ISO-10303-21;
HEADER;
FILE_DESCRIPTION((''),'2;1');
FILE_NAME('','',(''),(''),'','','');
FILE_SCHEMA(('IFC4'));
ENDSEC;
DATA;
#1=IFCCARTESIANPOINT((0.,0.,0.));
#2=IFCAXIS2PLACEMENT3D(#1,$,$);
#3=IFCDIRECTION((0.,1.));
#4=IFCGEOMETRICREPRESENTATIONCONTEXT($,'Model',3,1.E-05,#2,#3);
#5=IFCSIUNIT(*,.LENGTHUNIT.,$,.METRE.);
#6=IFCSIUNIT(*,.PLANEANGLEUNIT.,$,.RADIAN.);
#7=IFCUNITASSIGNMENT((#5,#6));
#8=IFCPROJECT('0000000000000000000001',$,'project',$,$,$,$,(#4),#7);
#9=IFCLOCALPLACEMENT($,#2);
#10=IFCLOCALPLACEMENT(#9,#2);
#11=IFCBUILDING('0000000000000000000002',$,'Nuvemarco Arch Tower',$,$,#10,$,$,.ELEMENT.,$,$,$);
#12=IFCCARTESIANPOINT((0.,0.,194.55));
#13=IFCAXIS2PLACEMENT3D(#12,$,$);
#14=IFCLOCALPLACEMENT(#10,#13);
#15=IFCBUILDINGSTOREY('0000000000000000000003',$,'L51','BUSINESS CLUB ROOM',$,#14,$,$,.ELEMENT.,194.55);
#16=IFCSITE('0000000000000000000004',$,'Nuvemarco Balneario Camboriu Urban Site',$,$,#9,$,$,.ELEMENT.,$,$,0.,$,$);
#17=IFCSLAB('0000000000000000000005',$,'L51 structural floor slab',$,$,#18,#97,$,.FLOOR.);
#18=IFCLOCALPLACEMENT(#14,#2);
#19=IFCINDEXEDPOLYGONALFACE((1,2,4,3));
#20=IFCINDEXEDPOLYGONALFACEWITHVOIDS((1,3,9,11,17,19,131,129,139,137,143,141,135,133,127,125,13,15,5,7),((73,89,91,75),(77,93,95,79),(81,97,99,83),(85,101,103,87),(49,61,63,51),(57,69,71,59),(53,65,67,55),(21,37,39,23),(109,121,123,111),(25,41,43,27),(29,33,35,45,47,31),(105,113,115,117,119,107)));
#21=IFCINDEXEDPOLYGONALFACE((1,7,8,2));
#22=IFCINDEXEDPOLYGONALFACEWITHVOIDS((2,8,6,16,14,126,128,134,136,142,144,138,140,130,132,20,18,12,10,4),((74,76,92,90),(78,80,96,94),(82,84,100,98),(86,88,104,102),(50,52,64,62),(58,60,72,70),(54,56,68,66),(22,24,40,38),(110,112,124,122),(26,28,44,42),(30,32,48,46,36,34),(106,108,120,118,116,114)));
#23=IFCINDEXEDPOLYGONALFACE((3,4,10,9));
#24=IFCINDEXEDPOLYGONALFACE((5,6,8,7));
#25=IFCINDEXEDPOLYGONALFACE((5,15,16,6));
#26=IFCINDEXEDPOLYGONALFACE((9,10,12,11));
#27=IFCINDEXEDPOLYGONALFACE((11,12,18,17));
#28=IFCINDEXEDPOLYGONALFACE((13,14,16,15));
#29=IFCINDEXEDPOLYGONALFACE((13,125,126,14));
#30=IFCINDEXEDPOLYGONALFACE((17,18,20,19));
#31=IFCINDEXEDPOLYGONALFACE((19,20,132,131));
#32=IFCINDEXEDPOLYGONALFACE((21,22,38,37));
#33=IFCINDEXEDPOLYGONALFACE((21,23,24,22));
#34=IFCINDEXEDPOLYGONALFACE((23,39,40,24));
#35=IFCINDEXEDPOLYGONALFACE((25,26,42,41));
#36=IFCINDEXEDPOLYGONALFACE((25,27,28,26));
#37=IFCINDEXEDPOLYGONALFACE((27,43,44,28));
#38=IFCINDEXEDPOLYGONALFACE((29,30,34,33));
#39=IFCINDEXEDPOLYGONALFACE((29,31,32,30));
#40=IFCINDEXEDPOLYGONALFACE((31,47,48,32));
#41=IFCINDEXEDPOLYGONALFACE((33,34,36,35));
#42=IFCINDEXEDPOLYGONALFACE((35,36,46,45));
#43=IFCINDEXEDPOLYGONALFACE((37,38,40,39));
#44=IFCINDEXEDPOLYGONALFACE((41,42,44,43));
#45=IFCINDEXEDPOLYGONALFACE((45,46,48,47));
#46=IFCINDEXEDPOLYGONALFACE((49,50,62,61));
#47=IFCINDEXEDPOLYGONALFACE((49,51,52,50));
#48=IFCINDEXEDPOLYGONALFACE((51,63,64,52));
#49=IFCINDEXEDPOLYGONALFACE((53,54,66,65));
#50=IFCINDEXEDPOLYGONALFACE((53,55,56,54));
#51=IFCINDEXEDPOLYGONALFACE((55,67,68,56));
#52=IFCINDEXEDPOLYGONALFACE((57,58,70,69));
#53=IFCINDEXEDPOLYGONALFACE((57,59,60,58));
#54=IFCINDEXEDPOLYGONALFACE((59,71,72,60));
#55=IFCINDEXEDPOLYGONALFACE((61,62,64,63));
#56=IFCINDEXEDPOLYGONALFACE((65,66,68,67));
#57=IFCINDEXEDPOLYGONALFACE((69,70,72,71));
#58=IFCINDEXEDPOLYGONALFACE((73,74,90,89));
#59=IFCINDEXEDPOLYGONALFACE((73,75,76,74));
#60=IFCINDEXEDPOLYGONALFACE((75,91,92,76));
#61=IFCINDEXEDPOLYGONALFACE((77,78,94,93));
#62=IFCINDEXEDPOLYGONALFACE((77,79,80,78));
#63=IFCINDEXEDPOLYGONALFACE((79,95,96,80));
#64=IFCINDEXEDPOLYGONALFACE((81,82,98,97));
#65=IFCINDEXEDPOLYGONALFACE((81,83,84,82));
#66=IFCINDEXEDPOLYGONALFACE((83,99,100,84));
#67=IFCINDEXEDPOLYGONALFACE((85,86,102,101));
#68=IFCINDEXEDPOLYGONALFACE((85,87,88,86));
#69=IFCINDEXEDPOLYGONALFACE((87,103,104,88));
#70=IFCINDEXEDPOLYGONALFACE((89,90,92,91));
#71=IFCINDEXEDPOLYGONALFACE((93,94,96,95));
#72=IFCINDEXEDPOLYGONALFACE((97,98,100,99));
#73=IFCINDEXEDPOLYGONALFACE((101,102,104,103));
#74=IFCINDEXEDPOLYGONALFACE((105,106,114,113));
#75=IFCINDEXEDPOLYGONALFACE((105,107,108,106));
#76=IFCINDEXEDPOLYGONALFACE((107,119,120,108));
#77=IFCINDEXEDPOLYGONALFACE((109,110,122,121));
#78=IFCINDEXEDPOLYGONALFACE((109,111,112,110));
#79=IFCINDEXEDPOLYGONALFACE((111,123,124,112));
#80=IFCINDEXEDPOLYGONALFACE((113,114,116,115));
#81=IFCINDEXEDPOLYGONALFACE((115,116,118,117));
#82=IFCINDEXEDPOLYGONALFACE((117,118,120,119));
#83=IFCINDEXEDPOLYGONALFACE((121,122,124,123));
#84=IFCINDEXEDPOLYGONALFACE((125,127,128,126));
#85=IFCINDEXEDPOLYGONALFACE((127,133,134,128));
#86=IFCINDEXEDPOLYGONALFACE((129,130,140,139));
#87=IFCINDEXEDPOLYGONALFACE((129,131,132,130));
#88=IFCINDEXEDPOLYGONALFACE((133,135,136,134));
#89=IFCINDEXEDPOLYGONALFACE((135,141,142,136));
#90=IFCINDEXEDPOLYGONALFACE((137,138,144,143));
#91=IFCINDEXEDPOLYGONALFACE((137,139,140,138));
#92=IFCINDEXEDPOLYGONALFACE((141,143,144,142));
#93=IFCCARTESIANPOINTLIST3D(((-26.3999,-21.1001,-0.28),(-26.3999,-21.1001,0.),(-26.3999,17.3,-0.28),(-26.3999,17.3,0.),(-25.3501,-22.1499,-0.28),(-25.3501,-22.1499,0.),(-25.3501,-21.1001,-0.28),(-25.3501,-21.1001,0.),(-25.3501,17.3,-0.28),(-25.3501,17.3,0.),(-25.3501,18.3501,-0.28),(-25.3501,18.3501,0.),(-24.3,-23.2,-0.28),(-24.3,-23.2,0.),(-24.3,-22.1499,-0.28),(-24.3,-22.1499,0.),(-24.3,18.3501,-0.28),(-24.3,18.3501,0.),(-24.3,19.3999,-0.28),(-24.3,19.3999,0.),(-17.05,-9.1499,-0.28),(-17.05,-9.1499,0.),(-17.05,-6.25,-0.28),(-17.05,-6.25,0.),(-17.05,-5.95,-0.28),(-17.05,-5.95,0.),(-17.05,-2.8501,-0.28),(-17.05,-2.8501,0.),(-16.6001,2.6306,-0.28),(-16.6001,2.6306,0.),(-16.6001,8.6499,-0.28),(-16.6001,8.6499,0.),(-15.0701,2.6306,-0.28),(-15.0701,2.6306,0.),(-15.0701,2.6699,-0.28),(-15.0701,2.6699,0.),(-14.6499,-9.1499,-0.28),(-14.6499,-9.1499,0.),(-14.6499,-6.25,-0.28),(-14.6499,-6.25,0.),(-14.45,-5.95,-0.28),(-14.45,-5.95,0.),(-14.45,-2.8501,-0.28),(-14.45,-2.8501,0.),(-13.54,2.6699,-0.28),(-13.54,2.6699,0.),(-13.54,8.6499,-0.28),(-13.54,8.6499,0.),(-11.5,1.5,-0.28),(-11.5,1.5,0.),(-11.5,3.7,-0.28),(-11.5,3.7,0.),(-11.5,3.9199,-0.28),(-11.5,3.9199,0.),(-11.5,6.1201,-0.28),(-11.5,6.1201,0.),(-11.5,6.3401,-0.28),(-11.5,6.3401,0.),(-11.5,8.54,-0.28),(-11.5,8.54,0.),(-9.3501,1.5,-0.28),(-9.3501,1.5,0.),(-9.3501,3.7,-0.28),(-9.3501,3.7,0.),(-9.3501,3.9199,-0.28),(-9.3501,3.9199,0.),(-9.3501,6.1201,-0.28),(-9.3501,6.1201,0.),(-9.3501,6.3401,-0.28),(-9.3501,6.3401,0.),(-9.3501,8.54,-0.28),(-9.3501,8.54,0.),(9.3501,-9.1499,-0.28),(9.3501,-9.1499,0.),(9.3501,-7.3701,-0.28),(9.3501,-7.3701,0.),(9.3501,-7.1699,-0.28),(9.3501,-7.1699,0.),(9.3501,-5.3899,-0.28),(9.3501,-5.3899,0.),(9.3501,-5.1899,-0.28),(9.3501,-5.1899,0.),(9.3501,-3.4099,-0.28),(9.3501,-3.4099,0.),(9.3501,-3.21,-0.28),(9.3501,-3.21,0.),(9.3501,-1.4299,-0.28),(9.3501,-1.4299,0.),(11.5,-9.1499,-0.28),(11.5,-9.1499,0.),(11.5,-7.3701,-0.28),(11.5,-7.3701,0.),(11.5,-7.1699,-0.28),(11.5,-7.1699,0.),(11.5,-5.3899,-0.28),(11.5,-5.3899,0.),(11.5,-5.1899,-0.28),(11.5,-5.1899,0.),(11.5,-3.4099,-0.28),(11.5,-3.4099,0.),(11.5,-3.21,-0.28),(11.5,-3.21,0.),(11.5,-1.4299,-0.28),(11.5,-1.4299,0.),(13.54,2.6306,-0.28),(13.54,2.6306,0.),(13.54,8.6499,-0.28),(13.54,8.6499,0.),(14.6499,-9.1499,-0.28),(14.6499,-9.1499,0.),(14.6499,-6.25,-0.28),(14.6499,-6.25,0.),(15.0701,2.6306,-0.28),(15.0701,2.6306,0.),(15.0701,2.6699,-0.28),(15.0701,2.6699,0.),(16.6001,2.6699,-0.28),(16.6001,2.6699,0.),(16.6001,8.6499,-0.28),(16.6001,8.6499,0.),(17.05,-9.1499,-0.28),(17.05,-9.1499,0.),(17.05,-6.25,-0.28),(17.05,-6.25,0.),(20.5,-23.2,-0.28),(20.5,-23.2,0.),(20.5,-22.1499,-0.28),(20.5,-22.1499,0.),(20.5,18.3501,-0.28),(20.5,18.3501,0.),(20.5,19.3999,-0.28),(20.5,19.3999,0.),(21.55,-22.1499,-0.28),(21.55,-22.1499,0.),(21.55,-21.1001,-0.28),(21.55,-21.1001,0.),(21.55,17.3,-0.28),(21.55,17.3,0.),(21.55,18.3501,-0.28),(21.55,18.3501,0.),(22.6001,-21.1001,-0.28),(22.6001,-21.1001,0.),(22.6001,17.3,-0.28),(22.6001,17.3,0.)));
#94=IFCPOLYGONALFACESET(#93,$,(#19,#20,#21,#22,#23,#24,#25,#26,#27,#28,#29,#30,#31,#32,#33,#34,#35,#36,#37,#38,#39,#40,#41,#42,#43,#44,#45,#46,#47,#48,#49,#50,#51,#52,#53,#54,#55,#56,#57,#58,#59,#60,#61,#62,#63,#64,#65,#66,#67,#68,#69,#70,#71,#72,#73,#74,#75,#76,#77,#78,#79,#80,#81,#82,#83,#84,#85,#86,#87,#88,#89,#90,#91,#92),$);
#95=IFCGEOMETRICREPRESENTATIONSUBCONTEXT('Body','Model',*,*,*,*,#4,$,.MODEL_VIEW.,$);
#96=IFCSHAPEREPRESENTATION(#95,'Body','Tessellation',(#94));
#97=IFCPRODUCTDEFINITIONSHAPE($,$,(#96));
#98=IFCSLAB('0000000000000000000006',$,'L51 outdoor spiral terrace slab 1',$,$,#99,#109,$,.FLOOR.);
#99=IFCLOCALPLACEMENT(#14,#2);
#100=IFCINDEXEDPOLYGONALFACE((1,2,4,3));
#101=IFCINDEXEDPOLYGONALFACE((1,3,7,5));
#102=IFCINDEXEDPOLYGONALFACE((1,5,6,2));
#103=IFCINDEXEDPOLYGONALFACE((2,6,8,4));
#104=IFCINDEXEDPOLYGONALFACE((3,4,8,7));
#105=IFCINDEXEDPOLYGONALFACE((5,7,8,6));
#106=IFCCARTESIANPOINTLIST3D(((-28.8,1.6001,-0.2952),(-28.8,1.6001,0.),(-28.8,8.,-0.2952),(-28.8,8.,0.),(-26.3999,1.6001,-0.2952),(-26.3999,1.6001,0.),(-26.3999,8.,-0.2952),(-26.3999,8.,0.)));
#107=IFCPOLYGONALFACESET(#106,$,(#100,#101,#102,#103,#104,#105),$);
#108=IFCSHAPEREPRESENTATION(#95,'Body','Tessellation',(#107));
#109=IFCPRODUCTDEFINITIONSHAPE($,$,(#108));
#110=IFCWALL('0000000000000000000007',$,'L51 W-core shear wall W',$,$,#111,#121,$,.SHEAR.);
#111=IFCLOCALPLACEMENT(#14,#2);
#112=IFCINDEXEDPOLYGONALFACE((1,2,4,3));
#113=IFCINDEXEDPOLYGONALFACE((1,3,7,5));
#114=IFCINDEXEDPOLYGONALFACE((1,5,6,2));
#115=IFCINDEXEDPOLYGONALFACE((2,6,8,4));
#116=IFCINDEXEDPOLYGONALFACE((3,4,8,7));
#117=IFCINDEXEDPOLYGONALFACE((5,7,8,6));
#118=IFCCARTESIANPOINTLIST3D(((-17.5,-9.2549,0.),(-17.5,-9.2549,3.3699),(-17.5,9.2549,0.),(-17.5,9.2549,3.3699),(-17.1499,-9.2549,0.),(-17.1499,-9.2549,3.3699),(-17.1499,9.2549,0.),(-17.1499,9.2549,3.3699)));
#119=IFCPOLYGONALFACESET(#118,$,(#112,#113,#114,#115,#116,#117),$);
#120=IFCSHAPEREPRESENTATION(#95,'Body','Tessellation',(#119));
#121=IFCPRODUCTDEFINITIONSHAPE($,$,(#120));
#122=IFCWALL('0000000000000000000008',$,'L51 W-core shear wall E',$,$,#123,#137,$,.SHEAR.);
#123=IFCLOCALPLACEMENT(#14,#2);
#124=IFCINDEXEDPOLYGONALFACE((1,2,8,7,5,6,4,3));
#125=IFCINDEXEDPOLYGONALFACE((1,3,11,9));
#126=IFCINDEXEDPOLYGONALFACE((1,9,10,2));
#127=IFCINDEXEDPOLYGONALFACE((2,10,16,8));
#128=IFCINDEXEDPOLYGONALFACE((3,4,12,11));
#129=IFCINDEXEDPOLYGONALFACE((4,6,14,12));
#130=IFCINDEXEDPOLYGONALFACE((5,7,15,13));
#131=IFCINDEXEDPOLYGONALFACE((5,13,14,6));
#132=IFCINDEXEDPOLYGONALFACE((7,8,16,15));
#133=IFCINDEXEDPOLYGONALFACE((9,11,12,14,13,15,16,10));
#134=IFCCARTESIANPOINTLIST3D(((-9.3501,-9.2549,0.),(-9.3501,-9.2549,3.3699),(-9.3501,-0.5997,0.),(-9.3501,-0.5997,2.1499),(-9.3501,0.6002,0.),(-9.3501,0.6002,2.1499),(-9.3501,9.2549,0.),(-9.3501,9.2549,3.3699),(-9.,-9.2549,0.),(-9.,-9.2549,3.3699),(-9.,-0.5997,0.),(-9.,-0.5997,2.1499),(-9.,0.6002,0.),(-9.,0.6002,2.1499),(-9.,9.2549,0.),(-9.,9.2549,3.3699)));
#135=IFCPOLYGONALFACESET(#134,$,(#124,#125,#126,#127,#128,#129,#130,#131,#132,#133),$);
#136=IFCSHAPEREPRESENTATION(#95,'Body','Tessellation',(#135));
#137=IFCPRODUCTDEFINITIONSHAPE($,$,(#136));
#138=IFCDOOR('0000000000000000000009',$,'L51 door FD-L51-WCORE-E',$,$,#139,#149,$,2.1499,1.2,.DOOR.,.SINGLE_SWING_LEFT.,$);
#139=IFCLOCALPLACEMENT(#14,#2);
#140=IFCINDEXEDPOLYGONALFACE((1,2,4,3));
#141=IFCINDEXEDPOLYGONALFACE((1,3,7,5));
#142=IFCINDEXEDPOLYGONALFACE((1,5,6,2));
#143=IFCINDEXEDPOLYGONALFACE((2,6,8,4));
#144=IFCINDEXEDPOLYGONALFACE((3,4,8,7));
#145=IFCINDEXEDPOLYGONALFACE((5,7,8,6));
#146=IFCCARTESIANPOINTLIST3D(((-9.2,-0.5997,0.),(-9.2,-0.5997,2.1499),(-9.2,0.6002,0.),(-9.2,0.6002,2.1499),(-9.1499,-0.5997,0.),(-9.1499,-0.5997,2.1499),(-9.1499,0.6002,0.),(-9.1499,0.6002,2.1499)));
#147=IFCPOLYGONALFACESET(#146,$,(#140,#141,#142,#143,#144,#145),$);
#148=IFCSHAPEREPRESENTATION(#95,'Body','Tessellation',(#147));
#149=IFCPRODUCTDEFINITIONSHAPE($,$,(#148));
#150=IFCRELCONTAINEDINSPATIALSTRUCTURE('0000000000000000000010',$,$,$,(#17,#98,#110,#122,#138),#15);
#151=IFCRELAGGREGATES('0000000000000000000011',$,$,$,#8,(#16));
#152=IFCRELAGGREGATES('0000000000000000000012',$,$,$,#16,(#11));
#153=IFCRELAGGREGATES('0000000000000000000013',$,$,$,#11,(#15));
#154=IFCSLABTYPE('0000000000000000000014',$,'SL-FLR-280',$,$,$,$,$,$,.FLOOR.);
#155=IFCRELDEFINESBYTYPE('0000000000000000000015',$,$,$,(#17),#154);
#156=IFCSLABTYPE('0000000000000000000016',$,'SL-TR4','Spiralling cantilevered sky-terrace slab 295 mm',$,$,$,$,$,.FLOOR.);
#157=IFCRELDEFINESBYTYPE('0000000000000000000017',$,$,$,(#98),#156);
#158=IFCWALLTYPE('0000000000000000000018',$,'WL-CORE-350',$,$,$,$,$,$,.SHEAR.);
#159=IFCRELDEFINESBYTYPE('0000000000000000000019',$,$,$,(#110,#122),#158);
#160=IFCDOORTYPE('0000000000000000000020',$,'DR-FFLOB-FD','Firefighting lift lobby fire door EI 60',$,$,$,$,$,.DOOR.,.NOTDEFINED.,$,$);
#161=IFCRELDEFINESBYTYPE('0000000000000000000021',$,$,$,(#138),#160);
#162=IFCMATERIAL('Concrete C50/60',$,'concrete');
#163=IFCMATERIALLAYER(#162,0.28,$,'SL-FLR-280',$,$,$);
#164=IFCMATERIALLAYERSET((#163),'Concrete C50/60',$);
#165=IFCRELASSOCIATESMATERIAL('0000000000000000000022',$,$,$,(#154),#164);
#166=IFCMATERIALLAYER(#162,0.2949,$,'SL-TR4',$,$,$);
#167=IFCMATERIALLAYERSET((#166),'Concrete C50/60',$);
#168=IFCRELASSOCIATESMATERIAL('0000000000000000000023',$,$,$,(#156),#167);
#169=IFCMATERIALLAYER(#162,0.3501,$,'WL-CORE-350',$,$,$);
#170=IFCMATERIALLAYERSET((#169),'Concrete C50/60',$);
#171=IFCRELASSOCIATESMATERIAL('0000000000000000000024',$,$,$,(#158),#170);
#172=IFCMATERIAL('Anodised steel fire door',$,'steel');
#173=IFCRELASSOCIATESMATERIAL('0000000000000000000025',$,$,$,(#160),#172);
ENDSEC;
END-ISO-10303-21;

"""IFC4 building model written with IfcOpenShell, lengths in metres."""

from ifc_helpers import new_model, si_unit, direction, frame, frame_2d, origin, place, context, subcontext, project, spatial, polyline, rectangle, outline, extrude, source, transform, mapped, material, layer, layer_set, type_object, type_shapes, element, fill, save


model = new_model("IFC4")

# Units and contexts
model_context = context("Model", 3, precision=1e-05, world=origin(), true_north=direction((0.0, 1.0)))
body_context = subcontext(model_context, "Body", "Model", "MODEL_VIEW")
ifc_project = project(units=[si_unit("LENGTHUNIT", "METRE"), si_unit("PLANEANGLEUNIT", "RADIAN")], contexts=[model_context])

# Site, building, storey
site_placement = place(None, origin())
site = spatial("IfcSite", under=ifc_project, at=site_placement, Name="Nuvemarco Balneario Camboriu Urban Site", CompositionType="ELEMENT", RefElevation=0.0)
building_placement = place(site_placement, origin())
building = spatial("IfcBuilding", under=site, at=building_placement, Name="Nuvemarco Arch Tower", CompositionType="ELEMENT")
storey_placement = place(building_placement, frame((0.0, 0.0, 194.55)))
storey = spatial("IfcBuildingStorey", under=building, at=storey_placement, Name="L51", Description="BUSINESS CLUB ROOM", CompositionType="ELEMENT", Elevation=194.55)

# Shared definitions
ifc_material_1 = material(Name="Concrete C50/60", Category="concrete")

# Slabs
ifc_layer_1 = layer(ifc_material_1, 0.28, Name="SL-FLR-280")
ifc_layer_set_1 = layer_set([ifc_layer_1], Name="Concrete C50/60")
slab_type_1 = type_object("IfcSlabType", Name="SL-FLR-280", PredefinedType="FLOOR", material=ifc_layer_set_1)
slab_1_placement = place(storey_placement, frame((0.0, 0.0, -0.28)))
element("IfcSlab", 1, at=slab_1_placement, inside=storey, type_object=slab_type_1, Name="L51 structural floor slab", PredefinedType="FLOOR", context=body_context, shape_type="SweptSolid", body=[
    extrude(outline(polyline([(-24.3, -23.2), (20.5, -23.2), (20.5, -22.1499), (21.55, -22.1499), (21.55, -21.1001), (22.6001, -21.1001), (22.6001, 17.3), (21.55, 17.3), (21.55, 18.3501), (20.5, 18.3501), (20.5, 19.3999), (-24.3, 19.3999), (-24.3, 18.3501), (-25.3501, 18.3501), (-25.3501, 17.3), (-26.3999, 17.3), (-26.3999, -21.1001), (-25.3501, -21.1001), (-25.3501, -22.1499), (-24.3, -22.1499), (-24.3, -23.2)]), holes=[polyline([(-13.54, 2.6699), (-13.54, 8.6499), (-16.6001, 8.6499), (-16.6001, 2.6306), (-15.0701, 2.6306), (-15.0701, 2.6699), (-13.54, 2.6699)]), polyline([(16.6001, 2.6699), (16.6001, 8.6499), (13.54, 8.6499), (13.54, 2.6306), (15.0701, 2.6306), (15.0701, 2.6699), (16.6001, 2.6699)]), polyline([(-17.05, -9.1499), (-14.6499, -9.1499), (-14.6499, -6.25), (-17.05, -6.25), (-17.05, -9.1499)]), polyline([(-17.05, -5.95), (-14.45, -5.95), (-14.45, -2.8501), (-17.05, -2.8501), (-17.05, -5.95)]), polyline([(-11.5, 1.5), (-9.3501, 1.5), (-9.3501, 3.7), (-11.5, 3.7), (-11.5, 1.5)]), polyline([(-11.5, 3.9199), (-9.3501, 3.9199), (-9.3501, 6.1201), (-11.5, 6.1201), (-11.5, 3.9199)]), polyline([(-11.5, 6.3401), (-9.3501, 6.3401), (-9.3501, 8.54), (-11.5, 8.54), (-11.5, 6.3401)]), polyline([(14.6499, -9.1499), (17.05, -9.1499), (17.05, -6.25), (14.6499, -6.25), (14.6499, -9.1499)]), polyline([(9.3501, -9.1499), (11.5, -9.1499), (11.5, -7.3701), (9.3501, -7.3701), (9.3501, -9.1499)]), polyline([(9.3501, -7.1699), (11.5, -7.1699), (11.5, -5.3899), (9.3501, -5.3899), (9.3501, -7.1699)]), polyline([(9.3501, -5.1899), (11.5, -5.1899), (11.5, -3.4099), (9.3501, -3.4099), (9.3501, -5.1899)]), polyline([(9.3501, -3.21), (11.5, -3.21), (11.5, -1.4299), (9.3501, -1.4299), (9.3501, -3.21)])]), origin(), (0.0, 0.0, 1.0), 0.28),
])
ifc_layer_2 = layer(ifc_material_1, 0.2949, Name="SL-TR4")
ifc_layer_set_2 = layer_set([ifc_layer_2], Name="Concrete C50/60")
slab_type_2 = type_object("IfcSlabType", Name="SL-TR4", Description="Spiralling cantilevered sky-terrace slab 295 mm", PredefinedType="FLOOR", material=ifc_layer_set_2)
slab_2_placement = place(storey_placement, frame((0.0, 0.0, -0.2952)))
element("IfcSlab", 2, at=slab_2_placement, inside=storey, type_object=slab_type_2, Name="L51 outdoor spiral terrace slab 1", PredefinedType="FLOOR", context=body_context, shape_type="SweptSolid", body=[
    extrude(outline(polyline([(-28.8, 1.6001), (-26.3999, 1.6001), (-26.3999, 8.0), (-28.8, 8.0), (-28.8, 1.6001)])), origin(), (0.0, 0.0, 1.0), 0.2952),
])

# Wall
ifc_layer_3 = layer(ifc_material_1, 0.3501, Name="WL-CORE-350")
ifc_layer_set_3 = layer_set([ifc_layer_3], Name="Concrete C50/60")
wall_type_1 = type_object("IfcWallType", Name="WL-CORE-350", PredefinedType="SHEAR", material=ifc_layer_set_3)
wall_1_placement = place(storey_placement, frame((-17.325, -9.2549, 0.0), z_axis=(0.0, 0.0, 1.0), x_axis=(0.0, 1.0, 0.0)))
element("IfcWall", 3, at=wall_1_placement, inside=storey, type_object=wall_type_1, Name="L51 W-core shear wall W", PredefinedType="SHEAR", context=body_context, shape_type="SweptSolid", body=[
    extrude(rectangle(XDim=18.5098, YDim=0.3501, at=frame_2d((9.2549, 0.0))), origin(), (0.0, 0.0, 1.0), 3.3699),
])

# Wall, opening, door
wall_2_placement = place(storey_placement, frame((-9.175, -9.2549, 0.0), z_axis=(0.0, 0.0, 1.0), x_axis=(0.0, 1.0, 0.0)))
wall_2 = element("IfcWall", 4, at=wall_2_placement, inside=storey, type_object=wall_type_1, Name="L51 W-core shear wall E", PredefinedType="SHEAR", context=body_context, shape_type="SweptSolid", body=[
    extrude(rectangle(XDim=18.5098, YDim=0.3501, at=frame_2d((9.2549, 0.0))), origin(), (0.0, 0.0, 1.0), 3.3699),
])
opening_1_placement = place(wall_2_placement, frame((8.655, 0.0, 0.0)))
opening_1 = element("IfcOpeningElement", 5, at=opening_1_placement, cuts=wall_2, PredefinedType="OPENING", context=body_context, shape_type="SweptSolid", body=[
    extrude(rectangle(XDim=1.2, YDim=2.1499, at=frame_2d((0.6001, 1.075))), frame((0.0, 0.1851, 0.0), z_axis=(0.0, -1.0, 0.0), x_axis=(1.0, 0.0, 0.0)), (0.0, 0.0, 1.0), 0.3701),
])
ifc_material_2 = material(Name="Anodised steel fire door", Category="steel")
door_type_1 = type_object("IfcDoorType", Name="DR-FFLOB-FD", Description="Firefighting lift lobby fire door EI 60", OperationType="NOTDEFINED", PredefinedType="DOOR", material=ifc_material_2)
shared_shape_1 = source(origin(), body_context, "Body", "SweptSolid", [
    extrude(rectangle(XDim=1.2, YDim=2.1499, at=frame_2d((0.6001, 1.075))), frame((0.0, 0.0249, 0.0), z_axis=(0.0, -1.0, 0.0), x_axis=(1.0, 0.0, 0.0)), (0.0, 0.0, 1.0), 0.05),
])
type_shapes(door_type_1, [shared_shape_1])
door_1_placement = place(opening_1_placement, origin())
door_1 = element("IfcDoor", 6, at=door_1_placement, inside=storey, type_object=door_type_1, Name="L51 door FD-L51-WCORE-E", OperationType="SINGLE_SWING_LEFT", OverallHeight=2.1499, OverallWidth=1.2, PredefinedType="DOOR", context=body_context, shape_type="MappedRepresentation", body=[
    mapped(shared_shape_1, transform((0.0, 0.0, 0.0), scale=1.0)),
])
fill(opening_1, door_1)

save(model, "model.ifc")
